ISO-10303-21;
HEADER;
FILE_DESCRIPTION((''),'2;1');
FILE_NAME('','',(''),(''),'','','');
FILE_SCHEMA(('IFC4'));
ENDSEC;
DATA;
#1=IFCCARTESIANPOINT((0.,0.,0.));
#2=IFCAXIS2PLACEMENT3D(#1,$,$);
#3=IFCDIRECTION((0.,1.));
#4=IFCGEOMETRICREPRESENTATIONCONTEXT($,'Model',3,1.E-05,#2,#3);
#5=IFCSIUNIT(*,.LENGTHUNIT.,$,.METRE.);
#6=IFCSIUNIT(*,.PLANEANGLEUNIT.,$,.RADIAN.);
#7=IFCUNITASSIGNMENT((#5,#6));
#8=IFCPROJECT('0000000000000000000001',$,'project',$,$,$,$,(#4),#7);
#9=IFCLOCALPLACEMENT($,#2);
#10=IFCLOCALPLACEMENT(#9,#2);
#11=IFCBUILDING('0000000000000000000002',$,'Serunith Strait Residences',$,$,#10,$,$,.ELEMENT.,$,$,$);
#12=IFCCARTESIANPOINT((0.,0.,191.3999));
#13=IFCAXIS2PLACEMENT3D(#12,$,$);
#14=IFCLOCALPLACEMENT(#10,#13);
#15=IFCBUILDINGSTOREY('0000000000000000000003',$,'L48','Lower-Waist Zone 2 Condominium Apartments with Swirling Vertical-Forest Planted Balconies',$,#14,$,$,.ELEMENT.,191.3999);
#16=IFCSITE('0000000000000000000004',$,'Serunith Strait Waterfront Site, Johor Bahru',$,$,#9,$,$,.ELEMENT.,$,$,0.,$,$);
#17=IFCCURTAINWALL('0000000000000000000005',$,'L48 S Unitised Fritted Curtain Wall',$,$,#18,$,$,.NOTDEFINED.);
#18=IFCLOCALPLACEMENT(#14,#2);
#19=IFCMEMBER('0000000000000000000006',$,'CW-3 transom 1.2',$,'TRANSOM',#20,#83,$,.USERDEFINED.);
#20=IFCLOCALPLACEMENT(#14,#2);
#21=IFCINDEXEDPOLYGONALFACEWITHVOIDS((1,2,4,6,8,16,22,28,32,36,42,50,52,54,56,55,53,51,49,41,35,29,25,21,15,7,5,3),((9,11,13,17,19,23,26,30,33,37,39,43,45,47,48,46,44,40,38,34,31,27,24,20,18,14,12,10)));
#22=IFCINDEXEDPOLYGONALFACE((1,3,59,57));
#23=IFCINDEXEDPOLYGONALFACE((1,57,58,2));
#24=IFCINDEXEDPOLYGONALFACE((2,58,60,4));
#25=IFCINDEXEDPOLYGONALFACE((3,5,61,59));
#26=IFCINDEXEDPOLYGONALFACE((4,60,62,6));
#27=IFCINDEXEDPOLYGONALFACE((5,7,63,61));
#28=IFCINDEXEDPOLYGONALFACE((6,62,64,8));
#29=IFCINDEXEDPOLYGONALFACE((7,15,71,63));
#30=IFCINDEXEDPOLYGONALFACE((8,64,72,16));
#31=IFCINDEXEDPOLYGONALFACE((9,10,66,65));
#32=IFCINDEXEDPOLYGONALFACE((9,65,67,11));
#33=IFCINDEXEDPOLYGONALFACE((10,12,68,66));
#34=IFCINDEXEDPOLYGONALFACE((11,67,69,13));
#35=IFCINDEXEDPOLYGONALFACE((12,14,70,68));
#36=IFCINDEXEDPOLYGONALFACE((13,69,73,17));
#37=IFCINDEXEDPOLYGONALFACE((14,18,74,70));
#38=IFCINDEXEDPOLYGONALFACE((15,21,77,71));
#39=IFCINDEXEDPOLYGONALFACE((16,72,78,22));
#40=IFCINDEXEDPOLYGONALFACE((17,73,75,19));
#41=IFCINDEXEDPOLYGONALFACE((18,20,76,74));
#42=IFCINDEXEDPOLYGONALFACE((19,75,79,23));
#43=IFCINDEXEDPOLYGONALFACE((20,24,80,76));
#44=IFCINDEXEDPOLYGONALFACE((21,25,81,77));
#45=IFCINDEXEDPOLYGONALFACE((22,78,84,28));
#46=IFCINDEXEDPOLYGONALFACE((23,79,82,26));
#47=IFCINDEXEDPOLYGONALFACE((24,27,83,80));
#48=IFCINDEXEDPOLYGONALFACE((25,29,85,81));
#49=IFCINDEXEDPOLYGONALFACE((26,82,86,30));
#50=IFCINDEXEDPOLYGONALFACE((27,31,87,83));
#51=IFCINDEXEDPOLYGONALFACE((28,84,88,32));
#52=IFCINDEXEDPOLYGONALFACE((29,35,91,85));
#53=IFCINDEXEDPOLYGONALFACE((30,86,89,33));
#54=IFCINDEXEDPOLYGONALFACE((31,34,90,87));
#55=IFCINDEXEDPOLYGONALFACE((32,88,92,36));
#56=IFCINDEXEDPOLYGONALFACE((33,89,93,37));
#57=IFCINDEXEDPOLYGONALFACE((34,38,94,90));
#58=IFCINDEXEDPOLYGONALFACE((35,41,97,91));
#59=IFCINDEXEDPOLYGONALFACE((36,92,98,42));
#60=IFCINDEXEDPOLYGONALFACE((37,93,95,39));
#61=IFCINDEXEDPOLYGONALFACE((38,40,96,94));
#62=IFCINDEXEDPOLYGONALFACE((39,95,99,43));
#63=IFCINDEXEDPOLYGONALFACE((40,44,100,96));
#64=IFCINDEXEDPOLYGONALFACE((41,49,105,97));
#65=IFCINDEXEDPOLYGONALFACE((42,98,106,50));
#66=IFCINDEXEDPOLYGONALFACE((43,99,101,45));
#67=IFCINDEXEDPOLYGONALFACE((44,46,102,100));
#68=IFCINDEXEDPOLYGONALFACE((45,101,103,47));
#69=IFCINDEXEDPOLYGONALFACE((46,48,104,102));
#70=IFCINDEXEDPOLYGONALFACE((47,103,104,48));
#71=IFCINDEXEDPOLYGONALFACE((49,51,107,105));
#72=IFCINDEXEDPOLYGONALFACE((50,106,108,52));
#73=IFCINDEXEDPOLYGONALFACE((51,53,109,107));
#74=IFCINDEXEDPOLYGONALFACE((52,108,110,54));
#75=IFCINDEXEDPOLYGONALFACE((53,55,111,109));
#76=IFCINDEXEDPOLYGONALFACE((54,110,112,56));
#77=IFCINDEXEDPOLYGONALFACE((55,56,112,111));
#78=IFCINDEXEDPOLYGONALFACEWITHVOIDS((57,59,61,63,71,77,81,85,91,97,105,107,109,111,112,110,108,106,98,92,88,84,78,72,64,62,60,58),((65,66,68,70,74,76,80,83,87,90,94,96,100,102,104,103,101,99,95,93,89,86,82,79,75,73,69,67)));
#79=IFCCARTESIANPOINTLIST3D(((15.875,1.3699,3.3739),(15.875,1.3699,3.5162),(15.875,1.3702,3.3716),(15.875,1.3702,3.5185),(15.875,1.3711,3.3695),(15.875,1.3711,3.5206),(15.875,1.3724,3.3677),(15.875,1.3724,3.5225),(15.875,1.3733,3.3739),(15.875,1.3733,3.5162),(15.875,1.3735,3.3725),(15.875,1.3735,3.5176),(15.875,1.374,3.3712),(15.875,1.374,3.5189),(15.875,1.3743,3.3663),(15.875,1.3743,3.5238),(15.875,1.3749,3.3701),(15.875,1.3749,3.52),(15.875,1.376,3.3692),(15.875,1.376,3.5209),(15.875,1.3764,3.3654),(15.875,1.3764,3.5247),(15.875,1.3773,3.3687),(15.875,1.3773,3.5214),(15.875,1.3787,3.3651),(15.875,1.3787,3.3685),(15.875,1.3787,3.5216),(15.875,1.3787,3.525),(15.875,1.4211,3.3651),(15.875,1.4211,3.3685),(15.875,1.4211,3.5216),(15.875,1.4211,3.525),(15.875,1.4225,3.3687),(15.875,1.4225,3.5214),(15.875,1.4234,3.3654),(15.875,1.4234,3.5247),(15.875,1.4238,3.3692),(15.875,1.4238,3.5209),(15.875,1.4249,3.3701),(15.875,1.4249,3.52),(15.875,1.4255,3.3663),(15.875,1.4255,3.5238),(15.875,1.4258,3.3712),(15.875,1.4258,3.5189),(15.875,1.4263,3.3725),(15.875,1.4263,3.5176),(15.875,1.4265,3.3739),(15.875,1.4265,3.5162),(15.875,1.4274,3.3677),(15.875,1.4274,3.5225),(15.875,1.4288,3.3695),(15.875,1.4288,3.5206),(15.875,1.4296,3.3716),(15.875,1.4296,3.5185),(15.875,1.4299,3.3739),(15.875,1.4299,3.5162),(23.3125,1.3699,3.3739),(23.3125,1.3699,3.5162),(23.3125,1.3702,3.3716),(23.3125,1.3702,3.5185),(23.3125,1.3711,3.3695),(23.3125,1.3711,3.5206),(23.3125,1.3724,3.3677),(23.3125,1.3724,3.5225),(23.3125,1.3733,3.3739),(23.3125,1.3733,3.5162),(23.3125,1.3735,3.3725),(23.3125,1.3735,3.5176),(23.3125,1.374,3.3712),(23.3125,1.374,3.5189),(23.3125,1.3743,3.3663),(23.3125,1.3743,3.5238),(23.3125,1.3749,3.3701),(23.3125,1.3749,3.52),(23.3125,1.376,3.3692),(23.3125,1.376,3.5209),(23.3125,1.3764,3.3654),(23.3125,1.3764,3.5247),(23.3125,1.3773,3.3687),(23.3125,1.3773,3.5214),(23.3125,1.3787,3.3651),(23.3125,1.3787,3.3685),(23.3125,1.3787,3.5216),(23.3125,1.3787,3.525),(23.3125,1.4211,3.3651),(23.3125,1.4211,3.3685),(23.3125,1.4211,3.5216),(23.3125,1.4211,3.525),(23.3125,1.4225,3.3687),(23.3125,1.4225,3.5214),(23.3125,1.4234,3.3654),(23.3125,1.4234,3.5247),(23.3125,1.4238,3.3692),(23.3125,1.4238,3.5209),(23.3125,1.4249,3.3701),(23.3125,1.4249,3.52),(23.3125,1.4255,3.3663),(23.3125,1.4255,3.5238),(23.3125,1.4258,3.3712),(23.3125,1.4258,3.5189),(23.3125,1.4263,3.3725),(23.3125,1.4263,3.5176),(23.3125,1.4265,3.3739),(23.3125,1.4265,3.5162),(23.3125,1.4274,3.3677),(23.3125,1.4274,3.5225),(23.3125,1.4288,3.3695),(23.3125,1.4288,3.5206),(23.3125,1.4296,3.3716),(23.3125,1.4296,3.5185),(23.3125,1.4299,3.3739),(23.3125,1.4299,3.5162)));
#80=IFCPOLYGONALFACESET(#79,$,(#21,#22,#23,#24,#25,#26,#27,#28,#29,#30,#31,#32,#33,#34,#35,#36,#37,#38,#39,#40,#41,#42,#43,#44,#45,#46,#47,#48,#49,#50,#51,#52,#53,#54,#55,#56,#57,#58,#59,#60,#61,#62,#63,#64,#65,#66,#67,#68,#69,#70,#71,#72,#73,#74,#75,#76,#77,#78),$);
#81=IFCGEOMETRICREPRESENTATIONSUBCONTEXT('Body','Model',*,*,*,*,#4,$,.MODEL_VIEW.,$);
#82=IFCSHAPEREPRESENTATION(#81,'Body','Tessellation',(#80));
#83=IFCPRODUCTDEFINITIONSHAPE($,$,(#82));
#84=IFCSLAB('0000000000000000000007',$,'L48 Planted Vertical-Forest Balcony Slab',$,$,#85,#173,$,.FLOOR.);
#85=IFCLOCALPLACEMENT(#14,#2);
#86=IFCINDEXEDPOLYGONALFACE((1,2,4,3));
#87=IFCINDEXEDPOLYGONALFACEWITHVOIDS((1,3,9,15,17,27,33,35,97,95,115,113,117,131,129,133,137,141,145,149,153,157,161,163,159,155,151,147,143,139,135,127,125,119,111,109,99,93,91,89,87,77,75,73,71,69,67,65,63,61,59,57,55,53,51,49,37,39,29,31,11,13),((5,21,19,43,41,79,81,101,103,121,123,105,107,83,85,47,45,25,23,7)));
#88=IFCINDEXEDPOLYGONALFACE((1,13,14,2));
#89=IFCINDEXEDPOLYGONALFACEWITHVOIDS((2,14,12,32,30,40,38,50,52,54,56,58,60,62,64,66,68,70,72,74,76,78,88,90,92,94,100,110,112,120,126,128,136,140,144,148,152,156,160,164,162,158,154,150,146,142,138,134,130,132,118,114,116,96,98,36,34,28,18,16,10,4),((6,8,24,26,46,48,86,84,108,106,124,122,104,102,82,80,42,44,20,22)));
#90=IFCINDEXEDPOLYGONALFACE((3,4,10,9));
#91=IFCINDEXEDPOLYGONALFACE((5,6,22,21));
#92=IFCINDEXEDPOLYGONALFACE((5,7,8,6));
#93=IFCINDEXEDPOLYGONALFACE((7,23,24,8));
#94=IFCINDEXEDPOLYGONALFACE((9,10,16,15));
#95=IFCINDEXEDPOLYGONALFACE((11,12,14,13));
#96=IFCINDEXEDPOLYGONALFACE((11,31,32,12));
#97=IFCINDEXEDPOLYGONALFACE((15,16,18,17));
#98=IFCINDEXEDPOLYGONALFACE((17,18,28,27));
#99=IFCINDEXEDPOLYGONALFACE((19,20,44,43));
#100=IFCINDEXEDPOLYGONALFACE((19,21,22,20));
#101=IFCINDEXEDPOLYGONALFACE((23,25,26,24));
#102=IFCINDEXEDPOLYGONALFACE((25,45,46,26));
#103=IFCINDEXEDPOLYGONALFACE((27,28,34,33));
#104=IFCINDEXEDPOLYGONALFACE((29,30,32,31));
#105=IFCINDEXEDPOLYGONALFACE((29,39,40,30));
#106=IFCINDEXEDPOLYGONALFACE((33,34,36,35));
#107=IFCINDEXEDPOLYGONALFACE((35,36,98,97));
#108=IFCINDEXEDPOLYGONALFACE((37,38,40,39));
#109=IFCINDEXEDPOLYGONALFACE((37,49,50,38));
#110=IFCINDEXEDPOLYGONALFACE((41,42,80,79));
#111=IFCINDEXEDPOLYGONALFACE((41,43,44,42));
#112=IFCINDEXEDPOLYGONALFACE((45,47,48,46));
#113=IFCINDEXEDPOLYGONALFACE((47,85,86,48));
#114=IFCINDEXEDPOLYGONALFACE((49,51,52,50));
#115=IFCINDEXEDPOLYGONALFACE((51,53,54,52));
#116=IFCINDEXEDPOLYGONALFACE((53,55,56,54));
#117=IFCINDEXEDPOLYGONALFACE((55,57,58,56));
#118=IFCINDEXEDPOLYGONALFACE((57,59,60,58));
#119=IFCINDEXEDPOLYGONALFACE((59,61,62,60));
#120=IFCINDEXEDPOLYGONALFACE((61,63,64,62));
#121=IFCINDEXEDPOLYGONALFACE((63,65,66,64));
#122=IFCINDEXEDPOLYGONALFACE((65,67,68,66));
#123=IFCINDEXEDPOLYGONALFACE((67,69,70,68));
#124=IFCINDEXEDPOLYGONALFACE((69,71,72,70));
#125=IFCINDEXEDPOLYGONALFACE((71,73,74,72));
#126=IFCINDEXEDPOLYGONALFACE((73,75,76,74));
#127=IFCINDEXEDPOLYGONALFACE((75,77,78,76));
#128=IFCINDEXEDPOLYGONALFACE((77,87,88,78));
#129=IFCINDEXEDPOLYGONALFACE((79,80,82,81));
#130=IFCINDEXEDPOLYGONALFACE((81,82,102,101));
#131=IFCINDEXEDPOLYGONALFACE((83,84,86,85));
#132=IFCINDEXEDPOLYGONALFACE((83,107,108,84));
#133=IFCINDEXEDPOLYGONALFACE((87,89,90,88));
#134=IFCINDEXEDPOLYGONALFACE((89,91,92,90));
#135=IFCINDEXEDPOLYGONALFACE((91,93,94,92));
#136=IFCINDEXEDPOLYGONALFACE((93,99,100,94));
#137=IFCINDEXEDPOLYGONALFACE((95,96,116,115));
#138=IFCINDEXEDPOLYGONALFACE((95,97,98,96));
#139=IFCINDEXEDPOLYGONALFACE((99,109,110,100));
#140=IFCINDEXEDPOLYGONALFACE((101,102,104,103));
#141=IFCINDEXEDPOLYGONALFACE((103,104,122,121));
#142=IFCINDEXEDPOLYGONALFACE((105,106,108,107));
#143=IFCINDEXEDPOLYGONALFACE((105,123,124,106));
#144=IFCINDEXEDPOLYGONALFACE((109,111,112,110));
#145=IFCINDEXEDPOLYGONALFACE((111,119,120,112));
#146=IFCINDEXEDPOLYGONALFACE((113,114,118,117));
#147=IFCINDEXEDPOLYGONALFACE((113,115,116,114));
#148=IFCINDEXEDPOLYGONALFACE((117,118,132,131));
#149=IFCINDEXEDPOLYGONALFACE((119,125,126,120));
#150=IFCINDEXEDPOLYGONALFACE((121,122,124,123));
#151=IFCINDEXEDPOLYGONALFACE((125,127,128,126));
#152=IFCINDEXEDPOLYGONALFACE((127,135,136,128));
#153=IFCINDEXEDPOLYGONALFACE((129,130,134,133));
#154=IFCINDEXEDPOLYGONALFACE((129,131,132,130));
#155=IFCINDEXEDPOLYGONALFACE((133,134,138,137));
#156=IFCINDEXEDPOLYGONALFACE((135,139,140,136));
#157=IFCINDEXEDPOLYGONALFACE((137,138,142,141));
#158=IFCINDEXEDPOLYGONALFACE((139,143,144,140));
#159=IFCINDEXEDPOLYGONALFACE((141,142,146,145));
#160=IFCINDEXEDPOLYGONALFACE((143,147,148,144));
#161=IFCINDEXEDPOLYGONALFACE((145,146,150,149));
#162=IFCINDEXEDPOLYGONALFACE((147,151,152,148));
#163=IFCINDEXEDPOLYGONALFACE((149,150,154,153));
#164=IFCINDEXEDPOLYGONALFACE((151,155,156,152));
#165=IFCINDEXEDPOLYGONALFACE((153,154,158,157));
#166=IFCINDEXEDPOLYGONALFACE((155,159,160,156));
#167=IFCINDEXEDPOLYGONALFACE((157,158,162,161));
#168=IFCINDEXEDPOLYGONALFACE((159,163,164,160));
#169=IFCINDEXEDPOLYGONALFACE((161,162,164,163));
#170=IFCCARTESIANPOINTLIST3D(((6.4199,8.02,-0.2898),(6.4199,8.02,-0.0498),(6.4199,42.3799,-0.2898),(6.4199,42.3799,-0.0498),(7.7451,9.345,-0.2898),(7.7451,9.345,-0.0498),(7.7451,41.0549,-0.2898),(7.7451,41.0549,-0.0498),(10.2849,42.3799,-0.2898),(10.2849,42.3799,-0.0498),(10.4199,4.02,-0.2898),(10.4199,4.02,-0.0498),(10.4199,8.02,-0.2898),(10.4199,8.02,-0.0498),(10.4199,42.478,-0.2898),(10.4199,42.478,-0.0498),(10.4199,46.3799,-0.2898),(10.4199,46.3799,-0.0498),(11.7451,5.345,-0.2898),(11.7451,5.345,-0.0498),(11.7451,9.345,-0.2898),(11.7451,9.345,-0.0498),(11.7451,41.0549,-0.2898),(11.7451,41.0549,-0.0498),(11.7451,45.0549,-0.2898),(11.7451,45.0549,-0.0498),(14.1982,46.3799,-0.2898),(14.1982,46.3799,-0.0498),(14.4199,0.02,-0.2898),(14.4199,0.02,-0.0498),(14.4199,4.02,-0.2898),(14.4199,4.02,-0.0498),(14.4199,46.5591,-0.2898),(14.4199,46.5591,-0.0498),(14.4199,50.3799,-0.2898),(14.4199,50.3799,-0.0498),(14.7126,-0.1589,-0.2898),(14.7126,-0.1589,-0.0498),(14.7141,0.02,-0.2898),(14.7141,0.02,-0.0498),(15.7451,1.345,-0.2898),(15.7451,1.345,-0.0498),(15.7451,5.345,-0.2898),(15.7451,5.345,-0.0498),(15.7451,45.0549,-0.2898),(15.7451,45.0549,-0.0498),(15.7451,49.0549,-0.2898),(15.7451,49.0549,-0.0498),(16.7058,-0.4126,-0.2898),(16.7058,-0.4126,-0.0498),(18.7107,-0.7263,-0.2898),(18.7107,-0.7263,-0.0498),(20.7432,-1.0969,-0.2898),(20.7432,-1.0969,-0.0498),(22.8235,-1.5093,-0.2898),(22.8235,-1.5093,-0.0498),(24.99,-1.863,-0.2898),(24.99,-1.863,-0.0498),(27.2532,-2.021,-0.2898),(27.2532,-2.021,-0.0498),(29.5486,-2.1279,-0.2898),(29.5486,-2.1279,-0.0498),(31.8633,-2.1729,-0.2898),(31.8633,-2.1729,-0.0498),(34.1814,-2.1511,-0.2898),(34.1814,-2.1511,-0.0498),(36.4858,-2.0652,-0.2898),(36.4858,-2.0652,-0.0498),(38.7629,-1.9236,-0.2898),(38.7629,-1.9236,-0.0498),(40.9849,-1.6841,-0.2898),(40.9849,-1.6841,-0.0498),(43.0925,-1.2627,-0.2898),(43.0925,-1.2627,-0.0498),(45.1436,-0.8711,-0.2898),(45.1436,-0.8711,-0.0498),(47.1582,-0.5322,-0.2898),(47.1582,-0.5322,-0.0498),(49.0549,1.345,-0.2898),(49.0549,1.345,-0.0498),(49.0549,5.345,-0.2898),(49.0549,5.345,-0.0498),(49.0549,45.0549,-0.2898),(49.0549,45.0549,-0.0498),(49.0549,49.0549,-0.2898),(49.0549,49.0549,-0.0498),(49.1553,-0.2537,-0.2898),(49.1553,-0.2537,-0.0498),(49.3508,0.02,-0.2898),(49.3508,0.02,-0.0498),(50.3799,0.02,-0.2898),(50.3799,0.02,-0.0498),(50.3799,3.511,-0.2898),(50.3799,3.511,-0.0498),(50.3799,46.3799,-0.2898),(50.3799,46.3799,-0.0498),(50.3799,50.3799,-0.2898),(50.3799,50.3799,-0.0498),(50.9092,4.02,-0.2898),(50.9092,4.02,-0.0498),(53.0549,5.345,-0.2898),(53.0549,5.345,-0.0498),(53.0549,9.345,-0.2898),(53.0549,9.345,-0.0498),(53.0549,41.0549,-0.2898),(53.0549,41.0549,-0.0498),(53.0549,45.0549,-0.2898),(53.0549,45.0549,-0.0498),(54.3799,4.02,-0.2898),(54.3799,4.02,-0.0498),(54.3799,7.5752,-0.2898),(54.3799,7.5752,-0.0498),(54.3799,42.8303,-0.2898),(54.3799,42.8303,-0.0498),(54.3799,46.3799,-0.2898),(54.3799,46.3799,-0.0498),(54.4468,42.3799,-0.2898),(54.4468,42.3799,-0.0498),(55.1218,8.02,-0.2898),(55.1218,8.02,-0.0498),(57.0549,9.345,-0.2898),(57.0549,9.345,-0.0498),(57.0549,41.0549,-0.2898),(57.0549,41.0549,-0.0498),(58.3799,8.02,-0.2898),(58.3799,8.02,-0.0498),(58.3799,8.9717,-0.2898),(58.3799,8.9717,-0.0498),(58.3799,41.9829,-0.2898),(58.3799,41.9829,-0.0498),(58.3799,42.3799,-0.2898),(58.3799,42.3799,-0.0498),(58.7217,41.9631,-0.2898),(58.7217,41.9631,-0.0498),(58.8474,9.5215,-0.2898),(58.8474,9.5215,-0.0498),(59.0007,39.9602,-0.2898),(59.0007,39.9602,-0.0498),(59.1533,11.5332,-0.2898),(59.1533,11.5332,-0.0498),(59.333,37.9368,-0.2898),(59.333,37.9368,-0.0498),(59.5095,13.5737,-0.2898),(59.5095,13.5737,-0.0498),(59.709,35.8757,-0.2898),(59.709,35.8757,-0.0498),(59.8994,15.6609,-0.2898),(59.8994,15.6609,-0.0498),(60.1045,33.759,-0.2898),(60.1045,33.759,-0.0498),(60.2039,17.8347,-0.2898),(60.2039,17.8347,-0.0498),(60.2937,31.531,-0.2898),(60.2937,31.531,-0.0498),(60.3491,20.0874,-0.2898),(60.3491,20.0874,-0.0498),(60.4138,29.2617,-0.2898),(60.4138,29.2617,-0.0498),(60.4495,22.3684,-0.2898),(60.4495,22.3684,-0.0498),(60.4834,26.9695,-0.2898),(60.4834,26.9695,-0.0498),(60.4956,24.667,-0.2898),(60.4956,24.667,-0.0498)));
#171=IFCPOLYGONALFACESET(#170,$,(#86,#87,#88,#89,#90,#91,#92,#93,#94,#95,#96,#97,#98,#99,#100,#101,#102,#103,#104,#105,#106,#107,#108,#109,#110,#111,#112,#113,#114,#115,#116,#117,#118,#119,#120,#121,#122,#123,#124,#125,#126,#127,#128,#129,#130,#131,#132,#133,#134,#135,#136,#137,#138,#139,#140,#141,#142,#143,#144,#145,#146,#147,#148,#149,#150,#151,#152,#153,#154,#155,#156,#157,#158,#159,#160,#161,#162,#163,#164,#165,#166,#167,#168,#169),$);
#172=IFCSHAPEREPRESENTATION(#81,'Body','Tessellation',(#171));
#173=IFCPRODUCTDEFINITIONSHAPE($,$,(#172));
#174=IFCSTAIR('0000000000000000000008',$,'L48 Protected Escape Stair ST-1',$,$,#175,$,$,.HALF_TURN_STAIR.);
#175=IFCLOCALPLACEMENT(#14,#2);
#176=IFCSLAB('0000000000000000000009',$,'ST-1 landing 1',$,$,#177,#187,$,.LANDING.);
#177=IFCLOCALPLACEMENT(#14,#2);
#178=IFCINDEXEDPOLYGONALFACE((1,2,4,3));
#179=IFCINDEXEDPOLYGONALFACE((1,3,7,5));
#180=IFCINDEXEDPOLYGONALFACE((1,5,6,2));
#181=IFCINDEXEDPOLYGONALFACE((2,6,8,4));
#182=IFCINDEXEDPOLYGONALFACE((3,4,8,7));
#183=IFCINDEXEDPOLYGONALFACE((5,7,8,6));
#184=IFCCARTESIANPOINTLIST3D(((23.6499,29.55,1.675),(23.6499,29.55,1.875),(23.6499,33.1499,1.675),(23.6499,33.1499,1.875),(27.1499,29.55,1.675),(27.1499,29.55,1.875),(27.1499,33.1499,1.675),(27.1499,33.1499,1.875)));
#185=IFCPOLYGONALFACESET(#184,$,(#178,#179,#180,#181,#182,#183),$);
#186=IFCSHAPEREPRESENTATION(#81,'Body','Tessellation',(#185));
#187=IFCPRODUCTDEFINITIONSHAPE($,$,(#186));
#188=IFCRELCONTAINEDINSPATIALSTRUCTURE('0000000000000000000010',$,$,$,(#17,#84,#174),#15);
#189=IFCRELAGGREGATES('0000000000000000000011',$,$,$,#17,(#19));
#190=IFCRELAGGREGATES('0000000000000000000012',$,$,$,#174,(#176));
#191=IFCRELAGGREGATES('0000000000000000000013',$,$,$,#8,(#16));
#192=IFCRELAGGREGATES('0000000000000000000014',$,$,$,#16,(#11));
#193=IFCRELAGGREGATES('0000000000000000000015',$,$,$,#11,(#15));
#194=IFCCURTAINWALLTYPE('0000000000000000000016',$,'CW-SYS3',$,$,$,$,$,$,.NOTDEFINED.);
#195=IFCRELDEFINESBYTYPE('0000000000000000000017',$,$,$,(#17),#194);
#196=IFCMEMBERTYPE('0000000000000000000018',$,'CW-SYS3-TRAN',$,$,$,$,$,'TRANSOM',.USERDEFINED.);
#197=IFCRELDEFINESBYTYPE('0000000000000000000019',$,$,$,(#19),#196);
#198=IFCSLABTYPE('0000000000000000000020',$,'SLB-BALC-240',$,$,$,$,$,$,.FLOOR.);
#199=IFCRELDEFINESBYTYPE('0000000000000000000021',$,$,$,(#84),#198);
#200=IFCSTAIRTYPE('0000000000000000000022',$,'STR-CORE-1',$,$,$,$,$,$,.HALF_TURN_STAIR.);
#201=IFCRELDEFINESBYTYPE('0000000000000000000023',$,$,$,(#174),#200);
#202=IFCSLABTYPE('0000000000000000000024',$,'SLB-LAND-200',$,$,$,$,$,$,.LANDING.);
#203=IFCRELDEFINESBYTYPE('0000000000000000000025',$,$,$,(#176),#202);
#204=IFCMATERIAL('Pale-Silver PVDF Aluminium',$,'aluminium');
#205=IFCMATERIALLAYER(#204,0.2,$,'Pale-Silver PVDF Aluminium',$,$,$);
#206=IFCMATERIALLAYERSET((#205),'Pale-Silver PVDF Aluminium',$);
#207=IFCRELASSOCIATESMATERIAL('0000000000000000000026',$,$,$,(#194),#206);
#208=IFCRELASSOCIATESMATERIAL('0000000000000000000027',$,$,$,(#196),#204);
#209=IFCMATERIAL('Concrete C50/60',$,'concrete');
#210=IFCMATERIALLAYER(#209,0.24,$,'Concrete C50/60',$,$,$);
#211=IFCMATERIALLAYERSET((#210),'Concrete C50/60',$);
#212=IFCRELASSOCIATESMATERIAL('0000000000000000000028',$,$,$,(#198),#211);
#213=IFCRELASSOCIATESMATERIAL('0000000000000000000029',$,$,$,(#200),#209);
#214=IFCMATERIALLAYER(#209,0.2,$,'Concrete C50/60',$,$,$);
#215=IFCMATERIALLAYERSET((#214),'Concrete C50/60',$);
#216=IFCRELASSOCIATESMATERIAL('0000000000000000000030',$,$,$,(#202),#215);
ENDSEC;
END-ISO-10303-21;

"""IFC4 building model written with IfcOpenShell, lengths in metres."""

from ifc_helpers import new_model, si_unit, direction, frame, origin, origin_2d, place, context, subcontext, project, spatial, polyline, hollow_rectangle, outline, extrude, source, transform, mapped, material, layer, layer_set, material_profile, profile_set, type_object, element, aggregate, save


model = new_model("IFC4")

# Units and contexts
model_context = context("Model", 3, precision=1e-05, world=origin(), true_north=direction((0.0, 1.0)))
body_context = subcontext(model_context, "Body", "Model", "MODEL_VIEW")
ifc_project = project(units=[si_unit("LENGTHUNIT", "METRE"), si_unit("PLANEANGLEUNIT", "RADIAN")], contexts=[model_context])

# Site, building, storey
site_placement = place(None, origin())
site = spatial("IfcSite", under=ifc_project, at=site_placement, Name="Serunith Strait Waterfront Site, Johor Bahru", CompositionType="ELEMENT", RefElevation=0.0)
building_placement = place(site_placement, origin())
building = spatial("IfcBuilding", under=site, at=building_placement, Name="Serunith Strait Residences", CompositionType="ELEMENT")
storey_placement = place(building_placement, frame((0.0, 0.0, 191.3999)))
storey = spatial("IfcBuildingStorey", under=building, at=storey_placement, Name="L48", Description="Lower-Waist Zone 2 Condominium Apartments with Swirling Vertical-Forest Planted Balconies", CompositionType="ELEMENT", Elevation=191.3999)

# Curtain wall
ifc_material_1 = material(Name="Pale-Silver PVDF Aluminium", Category="aluminium")
ifc_layer_1 = layer(ifc_material_1, 0.2, Name="Pale-Silver PVDF Aluminium")
ifc_layer_set_1 = layer_set([ifc_layer_1], Name="Pale-Silver PVDF Aluminium")
curtain_wall_type = type_object("IfcCurtainWallType", Name="CW-SYS3", PredefinedType="NOTDEFINED", material=ifc_layer_set_1)
curtain_wall_1_placement = place(storey_placement, origin())
curtain_wall_1 = element("IfcCurtainWall", 1, at=curtain_wall_1_placement, inside=storey, type_object=curtain_wall_type, Name="L48 S Unitised Fritted Curtain Wall", PredefinedType="NOTDEFINED")

# Member
ifc_material_profile_1 = material_profile(ifc_material_1, hollow_rectangle(XDim=0.0601, YDim=0.1599, WallThickness=0.0034, InnerFilletRadius=0.0054, OuterFilletRadius=0.0088, at=origin_2d()), Name="ALU 160x60x3.5")
ifc_profile_set_1 = profile_set([ifc_material_profile_1], Name="Pale-Silver PVDF Aluminium")
member_type_1 = type_object("IfcMemberType", Name="CW-SYS3-TRAN", ElementType="TRANSOM", PredefinedType="USERDEFINED", material=ifc_profile_set_1)
shared_shape_1 = source(origin(), body_context, "Body", "SweptSolid", [
    extrude(hollow_rectangle(XDim=0.0601, YDim=0.1599, WallThickness=0.0034, InnerFilletRadius=0.0054, OuterFilletRadius=0.0088, at=origin_2d()), origin(), (0.0, 0.0, 1.0), 7.4375),
])
member_1_placement = place(storey_placement, frame((15.875, 1.3999, 3.4451), z_axis=(1.0, 0.0, 0.0), x_axis=(0.0, 1.0, 0.0)))
member_1 = element("IfcMember", 2, at=member_1_placement, type_object=member_type_1, Name="CW-3 transom 1.2", ObjectType="TRANSOM", PredefinedType="USERDEFINED", context=body_context, shape_type="MappedRepresentation", body=[
    mapped(shared_shape_1, transform((0.0, 0.0, 0.0), scale=1.0)),
])
aggregate(curtain_wall_1, [member_1])

# Slab
ifc_material_2 = material(Name="Concrete C50/60", Category="concrete")
ifc_layer_2 = layer(ifc_material_2, 0.24, Name="Concrete C50/60")
ifc_layer_set_2 = layer_set([ifc_layer_2], Name="Concrete C50/60")
slab_type_1 = type_object("IfcSlabType", Name="SLB-BALC-240", PredefinedType="FLOOR", material=ifc_layer_set_2)
slab_1_placement = place(storey_placement, frame((0.0, 0.0, -0.2898)))
element("IfcSlab", 3, at=slab_1_placement, inside=storey, type_object=slab_type_1, Name="L48 Planted Vertical-Forest Balcony Slab", PredefinedType="FLOOR", context=body_context, shape_type="SweptSolid", body=[
    extrude(outline(polyline([(14.4199, 0.02), (14.4199, 4.02), (10.4199, 4.02), (10.4199, 8.02), (6.4199, 8.02), (6.4199, 42.3799), (10.2849, 42.3799), (10.4199, 42.478), (10.4199, 46.3799), (14.1982, 46.3799), (14.4199, 46.5591), (14.4199, 50.3799), (50.3799, 50.3799), (50.3799, 46.3799), (54.3799, 46.3799), (54.3799, 42.8303), (54.4468, 42.3799), (58.3799, 42.3799), (58.3799, 41.9829), (58.7217, 41.9631), (59.0007, 39.9602), (59.333, 37.9368), (59.709, 35.8757), (60.1045, 33.759), (60.2937, 31.531), (60.4138, 29.2617), (60.4834, 26.9695), (60.4956, 24.667), (60.4495, 22.3684), (60.3491, 20.0874), (60.2039, 17.8347), (59.8994, 15.6609), (59.5095, 13.5737), (59.1533, 11.5332), (58.8474, 9.5215), (58.3799, 8.9717), (58.3799, 8.02), (55.1218, 8.02), (54.3799, 7.5752), (54.3799, 4.02), (50.9092, 4.02), (50.3799, 3.511), (50.3799, 0.02), (49.3508, 0.02), (49.1553, -0.2537), (47.1582, -0.5322), (45.1436, -0.8711), (43.0925, -1.2627), (40.9849, -1.6841), (38.7629, -1.9236), (36.4858, -2.0652), (34.1814, -2.1511), (31.8633, -2.1729), (29.5486, -2.1279), (27.2532, -2.021), (24.99, -1.863), (22.8235, -1.5093), (20.7432, -1.0969), (18.7107, -0.7263), (16.7058, -0.4126), (14.7126, -0.1589), (14.7141, 0.02), (14.4199, 0.02)]), holes=[polyline([(49.0549, 1.345), (49.0549, 5.345), (53.0549, 5.345), (53.0549, 9.345), (57.0549, 9.345), (57.0549, 41.0549), (53.0549, 41.0549), (53.0549, 45.0549), (49.0549, 45.0549), (49.0549, 49.0549), (15.7451, 49.0549), (15.7451, 45.0549), (11.7451, 45.0549), (11.7451, 41.0549), (7.7451, 41.0549), (7.7451, 9.345), (11.7451, 9.345), (11.7451, 5.345), (15.7451, 5.345), (15.7451, 1.345), (49.0549, 1.345)])]), origin(), (0.0, 0.0, 1.0), 0.24),
])

# Stair, slab
stair_type_1 = type_object("IfcStairType", Name="STR-CORE-1", PredefinedType="HALF_TURN_STAIR", material=ifc_material_2)
stair_1_placement = place(storey_placement, origin())
stair_1 = element("IfcStair", 4, at=stair_1_placement, inside=storey, type_object=stair_type_1, Name="L48 Protected Escape Stair ST-1", PredefinedType="HALF_TURN_STAIR")
ifc_layer_3 = layer(ifc_material_2, 0.2, Name="Concrete C50/60")
ifc_layer_set_3 = layer_set([ifc_layer_3], Name="Concrete C50/60")
slab_type_2 = type_object("IfcSlabType", Name="SLB-LAND-200", PredefinedType="LANDING", material=ifc_layer_set_3)
slab_2_placement = place(storey_placement, frame((0.0, 0.0, 1.675)))
slab_2 = element("IfcSlab", 5, at=slab_2_placement, type_object=slab_type_2, Name="ST-1 landing 1", PredefinedType="LANDING", context=body_context, shape_type="SweptSolid", body=[
    extrude(outline(polyline([(27.1499, 29.55), (27.1499, 33.1499), (23.6499, 33.1499), (23.6499, 29.55), (27.1499, 29.55)])), origin(), (0.0, 0.0, 1.0), 0.2),
])
aggregate(stair_1, [slab_2])

save(model, "model.ifc")
